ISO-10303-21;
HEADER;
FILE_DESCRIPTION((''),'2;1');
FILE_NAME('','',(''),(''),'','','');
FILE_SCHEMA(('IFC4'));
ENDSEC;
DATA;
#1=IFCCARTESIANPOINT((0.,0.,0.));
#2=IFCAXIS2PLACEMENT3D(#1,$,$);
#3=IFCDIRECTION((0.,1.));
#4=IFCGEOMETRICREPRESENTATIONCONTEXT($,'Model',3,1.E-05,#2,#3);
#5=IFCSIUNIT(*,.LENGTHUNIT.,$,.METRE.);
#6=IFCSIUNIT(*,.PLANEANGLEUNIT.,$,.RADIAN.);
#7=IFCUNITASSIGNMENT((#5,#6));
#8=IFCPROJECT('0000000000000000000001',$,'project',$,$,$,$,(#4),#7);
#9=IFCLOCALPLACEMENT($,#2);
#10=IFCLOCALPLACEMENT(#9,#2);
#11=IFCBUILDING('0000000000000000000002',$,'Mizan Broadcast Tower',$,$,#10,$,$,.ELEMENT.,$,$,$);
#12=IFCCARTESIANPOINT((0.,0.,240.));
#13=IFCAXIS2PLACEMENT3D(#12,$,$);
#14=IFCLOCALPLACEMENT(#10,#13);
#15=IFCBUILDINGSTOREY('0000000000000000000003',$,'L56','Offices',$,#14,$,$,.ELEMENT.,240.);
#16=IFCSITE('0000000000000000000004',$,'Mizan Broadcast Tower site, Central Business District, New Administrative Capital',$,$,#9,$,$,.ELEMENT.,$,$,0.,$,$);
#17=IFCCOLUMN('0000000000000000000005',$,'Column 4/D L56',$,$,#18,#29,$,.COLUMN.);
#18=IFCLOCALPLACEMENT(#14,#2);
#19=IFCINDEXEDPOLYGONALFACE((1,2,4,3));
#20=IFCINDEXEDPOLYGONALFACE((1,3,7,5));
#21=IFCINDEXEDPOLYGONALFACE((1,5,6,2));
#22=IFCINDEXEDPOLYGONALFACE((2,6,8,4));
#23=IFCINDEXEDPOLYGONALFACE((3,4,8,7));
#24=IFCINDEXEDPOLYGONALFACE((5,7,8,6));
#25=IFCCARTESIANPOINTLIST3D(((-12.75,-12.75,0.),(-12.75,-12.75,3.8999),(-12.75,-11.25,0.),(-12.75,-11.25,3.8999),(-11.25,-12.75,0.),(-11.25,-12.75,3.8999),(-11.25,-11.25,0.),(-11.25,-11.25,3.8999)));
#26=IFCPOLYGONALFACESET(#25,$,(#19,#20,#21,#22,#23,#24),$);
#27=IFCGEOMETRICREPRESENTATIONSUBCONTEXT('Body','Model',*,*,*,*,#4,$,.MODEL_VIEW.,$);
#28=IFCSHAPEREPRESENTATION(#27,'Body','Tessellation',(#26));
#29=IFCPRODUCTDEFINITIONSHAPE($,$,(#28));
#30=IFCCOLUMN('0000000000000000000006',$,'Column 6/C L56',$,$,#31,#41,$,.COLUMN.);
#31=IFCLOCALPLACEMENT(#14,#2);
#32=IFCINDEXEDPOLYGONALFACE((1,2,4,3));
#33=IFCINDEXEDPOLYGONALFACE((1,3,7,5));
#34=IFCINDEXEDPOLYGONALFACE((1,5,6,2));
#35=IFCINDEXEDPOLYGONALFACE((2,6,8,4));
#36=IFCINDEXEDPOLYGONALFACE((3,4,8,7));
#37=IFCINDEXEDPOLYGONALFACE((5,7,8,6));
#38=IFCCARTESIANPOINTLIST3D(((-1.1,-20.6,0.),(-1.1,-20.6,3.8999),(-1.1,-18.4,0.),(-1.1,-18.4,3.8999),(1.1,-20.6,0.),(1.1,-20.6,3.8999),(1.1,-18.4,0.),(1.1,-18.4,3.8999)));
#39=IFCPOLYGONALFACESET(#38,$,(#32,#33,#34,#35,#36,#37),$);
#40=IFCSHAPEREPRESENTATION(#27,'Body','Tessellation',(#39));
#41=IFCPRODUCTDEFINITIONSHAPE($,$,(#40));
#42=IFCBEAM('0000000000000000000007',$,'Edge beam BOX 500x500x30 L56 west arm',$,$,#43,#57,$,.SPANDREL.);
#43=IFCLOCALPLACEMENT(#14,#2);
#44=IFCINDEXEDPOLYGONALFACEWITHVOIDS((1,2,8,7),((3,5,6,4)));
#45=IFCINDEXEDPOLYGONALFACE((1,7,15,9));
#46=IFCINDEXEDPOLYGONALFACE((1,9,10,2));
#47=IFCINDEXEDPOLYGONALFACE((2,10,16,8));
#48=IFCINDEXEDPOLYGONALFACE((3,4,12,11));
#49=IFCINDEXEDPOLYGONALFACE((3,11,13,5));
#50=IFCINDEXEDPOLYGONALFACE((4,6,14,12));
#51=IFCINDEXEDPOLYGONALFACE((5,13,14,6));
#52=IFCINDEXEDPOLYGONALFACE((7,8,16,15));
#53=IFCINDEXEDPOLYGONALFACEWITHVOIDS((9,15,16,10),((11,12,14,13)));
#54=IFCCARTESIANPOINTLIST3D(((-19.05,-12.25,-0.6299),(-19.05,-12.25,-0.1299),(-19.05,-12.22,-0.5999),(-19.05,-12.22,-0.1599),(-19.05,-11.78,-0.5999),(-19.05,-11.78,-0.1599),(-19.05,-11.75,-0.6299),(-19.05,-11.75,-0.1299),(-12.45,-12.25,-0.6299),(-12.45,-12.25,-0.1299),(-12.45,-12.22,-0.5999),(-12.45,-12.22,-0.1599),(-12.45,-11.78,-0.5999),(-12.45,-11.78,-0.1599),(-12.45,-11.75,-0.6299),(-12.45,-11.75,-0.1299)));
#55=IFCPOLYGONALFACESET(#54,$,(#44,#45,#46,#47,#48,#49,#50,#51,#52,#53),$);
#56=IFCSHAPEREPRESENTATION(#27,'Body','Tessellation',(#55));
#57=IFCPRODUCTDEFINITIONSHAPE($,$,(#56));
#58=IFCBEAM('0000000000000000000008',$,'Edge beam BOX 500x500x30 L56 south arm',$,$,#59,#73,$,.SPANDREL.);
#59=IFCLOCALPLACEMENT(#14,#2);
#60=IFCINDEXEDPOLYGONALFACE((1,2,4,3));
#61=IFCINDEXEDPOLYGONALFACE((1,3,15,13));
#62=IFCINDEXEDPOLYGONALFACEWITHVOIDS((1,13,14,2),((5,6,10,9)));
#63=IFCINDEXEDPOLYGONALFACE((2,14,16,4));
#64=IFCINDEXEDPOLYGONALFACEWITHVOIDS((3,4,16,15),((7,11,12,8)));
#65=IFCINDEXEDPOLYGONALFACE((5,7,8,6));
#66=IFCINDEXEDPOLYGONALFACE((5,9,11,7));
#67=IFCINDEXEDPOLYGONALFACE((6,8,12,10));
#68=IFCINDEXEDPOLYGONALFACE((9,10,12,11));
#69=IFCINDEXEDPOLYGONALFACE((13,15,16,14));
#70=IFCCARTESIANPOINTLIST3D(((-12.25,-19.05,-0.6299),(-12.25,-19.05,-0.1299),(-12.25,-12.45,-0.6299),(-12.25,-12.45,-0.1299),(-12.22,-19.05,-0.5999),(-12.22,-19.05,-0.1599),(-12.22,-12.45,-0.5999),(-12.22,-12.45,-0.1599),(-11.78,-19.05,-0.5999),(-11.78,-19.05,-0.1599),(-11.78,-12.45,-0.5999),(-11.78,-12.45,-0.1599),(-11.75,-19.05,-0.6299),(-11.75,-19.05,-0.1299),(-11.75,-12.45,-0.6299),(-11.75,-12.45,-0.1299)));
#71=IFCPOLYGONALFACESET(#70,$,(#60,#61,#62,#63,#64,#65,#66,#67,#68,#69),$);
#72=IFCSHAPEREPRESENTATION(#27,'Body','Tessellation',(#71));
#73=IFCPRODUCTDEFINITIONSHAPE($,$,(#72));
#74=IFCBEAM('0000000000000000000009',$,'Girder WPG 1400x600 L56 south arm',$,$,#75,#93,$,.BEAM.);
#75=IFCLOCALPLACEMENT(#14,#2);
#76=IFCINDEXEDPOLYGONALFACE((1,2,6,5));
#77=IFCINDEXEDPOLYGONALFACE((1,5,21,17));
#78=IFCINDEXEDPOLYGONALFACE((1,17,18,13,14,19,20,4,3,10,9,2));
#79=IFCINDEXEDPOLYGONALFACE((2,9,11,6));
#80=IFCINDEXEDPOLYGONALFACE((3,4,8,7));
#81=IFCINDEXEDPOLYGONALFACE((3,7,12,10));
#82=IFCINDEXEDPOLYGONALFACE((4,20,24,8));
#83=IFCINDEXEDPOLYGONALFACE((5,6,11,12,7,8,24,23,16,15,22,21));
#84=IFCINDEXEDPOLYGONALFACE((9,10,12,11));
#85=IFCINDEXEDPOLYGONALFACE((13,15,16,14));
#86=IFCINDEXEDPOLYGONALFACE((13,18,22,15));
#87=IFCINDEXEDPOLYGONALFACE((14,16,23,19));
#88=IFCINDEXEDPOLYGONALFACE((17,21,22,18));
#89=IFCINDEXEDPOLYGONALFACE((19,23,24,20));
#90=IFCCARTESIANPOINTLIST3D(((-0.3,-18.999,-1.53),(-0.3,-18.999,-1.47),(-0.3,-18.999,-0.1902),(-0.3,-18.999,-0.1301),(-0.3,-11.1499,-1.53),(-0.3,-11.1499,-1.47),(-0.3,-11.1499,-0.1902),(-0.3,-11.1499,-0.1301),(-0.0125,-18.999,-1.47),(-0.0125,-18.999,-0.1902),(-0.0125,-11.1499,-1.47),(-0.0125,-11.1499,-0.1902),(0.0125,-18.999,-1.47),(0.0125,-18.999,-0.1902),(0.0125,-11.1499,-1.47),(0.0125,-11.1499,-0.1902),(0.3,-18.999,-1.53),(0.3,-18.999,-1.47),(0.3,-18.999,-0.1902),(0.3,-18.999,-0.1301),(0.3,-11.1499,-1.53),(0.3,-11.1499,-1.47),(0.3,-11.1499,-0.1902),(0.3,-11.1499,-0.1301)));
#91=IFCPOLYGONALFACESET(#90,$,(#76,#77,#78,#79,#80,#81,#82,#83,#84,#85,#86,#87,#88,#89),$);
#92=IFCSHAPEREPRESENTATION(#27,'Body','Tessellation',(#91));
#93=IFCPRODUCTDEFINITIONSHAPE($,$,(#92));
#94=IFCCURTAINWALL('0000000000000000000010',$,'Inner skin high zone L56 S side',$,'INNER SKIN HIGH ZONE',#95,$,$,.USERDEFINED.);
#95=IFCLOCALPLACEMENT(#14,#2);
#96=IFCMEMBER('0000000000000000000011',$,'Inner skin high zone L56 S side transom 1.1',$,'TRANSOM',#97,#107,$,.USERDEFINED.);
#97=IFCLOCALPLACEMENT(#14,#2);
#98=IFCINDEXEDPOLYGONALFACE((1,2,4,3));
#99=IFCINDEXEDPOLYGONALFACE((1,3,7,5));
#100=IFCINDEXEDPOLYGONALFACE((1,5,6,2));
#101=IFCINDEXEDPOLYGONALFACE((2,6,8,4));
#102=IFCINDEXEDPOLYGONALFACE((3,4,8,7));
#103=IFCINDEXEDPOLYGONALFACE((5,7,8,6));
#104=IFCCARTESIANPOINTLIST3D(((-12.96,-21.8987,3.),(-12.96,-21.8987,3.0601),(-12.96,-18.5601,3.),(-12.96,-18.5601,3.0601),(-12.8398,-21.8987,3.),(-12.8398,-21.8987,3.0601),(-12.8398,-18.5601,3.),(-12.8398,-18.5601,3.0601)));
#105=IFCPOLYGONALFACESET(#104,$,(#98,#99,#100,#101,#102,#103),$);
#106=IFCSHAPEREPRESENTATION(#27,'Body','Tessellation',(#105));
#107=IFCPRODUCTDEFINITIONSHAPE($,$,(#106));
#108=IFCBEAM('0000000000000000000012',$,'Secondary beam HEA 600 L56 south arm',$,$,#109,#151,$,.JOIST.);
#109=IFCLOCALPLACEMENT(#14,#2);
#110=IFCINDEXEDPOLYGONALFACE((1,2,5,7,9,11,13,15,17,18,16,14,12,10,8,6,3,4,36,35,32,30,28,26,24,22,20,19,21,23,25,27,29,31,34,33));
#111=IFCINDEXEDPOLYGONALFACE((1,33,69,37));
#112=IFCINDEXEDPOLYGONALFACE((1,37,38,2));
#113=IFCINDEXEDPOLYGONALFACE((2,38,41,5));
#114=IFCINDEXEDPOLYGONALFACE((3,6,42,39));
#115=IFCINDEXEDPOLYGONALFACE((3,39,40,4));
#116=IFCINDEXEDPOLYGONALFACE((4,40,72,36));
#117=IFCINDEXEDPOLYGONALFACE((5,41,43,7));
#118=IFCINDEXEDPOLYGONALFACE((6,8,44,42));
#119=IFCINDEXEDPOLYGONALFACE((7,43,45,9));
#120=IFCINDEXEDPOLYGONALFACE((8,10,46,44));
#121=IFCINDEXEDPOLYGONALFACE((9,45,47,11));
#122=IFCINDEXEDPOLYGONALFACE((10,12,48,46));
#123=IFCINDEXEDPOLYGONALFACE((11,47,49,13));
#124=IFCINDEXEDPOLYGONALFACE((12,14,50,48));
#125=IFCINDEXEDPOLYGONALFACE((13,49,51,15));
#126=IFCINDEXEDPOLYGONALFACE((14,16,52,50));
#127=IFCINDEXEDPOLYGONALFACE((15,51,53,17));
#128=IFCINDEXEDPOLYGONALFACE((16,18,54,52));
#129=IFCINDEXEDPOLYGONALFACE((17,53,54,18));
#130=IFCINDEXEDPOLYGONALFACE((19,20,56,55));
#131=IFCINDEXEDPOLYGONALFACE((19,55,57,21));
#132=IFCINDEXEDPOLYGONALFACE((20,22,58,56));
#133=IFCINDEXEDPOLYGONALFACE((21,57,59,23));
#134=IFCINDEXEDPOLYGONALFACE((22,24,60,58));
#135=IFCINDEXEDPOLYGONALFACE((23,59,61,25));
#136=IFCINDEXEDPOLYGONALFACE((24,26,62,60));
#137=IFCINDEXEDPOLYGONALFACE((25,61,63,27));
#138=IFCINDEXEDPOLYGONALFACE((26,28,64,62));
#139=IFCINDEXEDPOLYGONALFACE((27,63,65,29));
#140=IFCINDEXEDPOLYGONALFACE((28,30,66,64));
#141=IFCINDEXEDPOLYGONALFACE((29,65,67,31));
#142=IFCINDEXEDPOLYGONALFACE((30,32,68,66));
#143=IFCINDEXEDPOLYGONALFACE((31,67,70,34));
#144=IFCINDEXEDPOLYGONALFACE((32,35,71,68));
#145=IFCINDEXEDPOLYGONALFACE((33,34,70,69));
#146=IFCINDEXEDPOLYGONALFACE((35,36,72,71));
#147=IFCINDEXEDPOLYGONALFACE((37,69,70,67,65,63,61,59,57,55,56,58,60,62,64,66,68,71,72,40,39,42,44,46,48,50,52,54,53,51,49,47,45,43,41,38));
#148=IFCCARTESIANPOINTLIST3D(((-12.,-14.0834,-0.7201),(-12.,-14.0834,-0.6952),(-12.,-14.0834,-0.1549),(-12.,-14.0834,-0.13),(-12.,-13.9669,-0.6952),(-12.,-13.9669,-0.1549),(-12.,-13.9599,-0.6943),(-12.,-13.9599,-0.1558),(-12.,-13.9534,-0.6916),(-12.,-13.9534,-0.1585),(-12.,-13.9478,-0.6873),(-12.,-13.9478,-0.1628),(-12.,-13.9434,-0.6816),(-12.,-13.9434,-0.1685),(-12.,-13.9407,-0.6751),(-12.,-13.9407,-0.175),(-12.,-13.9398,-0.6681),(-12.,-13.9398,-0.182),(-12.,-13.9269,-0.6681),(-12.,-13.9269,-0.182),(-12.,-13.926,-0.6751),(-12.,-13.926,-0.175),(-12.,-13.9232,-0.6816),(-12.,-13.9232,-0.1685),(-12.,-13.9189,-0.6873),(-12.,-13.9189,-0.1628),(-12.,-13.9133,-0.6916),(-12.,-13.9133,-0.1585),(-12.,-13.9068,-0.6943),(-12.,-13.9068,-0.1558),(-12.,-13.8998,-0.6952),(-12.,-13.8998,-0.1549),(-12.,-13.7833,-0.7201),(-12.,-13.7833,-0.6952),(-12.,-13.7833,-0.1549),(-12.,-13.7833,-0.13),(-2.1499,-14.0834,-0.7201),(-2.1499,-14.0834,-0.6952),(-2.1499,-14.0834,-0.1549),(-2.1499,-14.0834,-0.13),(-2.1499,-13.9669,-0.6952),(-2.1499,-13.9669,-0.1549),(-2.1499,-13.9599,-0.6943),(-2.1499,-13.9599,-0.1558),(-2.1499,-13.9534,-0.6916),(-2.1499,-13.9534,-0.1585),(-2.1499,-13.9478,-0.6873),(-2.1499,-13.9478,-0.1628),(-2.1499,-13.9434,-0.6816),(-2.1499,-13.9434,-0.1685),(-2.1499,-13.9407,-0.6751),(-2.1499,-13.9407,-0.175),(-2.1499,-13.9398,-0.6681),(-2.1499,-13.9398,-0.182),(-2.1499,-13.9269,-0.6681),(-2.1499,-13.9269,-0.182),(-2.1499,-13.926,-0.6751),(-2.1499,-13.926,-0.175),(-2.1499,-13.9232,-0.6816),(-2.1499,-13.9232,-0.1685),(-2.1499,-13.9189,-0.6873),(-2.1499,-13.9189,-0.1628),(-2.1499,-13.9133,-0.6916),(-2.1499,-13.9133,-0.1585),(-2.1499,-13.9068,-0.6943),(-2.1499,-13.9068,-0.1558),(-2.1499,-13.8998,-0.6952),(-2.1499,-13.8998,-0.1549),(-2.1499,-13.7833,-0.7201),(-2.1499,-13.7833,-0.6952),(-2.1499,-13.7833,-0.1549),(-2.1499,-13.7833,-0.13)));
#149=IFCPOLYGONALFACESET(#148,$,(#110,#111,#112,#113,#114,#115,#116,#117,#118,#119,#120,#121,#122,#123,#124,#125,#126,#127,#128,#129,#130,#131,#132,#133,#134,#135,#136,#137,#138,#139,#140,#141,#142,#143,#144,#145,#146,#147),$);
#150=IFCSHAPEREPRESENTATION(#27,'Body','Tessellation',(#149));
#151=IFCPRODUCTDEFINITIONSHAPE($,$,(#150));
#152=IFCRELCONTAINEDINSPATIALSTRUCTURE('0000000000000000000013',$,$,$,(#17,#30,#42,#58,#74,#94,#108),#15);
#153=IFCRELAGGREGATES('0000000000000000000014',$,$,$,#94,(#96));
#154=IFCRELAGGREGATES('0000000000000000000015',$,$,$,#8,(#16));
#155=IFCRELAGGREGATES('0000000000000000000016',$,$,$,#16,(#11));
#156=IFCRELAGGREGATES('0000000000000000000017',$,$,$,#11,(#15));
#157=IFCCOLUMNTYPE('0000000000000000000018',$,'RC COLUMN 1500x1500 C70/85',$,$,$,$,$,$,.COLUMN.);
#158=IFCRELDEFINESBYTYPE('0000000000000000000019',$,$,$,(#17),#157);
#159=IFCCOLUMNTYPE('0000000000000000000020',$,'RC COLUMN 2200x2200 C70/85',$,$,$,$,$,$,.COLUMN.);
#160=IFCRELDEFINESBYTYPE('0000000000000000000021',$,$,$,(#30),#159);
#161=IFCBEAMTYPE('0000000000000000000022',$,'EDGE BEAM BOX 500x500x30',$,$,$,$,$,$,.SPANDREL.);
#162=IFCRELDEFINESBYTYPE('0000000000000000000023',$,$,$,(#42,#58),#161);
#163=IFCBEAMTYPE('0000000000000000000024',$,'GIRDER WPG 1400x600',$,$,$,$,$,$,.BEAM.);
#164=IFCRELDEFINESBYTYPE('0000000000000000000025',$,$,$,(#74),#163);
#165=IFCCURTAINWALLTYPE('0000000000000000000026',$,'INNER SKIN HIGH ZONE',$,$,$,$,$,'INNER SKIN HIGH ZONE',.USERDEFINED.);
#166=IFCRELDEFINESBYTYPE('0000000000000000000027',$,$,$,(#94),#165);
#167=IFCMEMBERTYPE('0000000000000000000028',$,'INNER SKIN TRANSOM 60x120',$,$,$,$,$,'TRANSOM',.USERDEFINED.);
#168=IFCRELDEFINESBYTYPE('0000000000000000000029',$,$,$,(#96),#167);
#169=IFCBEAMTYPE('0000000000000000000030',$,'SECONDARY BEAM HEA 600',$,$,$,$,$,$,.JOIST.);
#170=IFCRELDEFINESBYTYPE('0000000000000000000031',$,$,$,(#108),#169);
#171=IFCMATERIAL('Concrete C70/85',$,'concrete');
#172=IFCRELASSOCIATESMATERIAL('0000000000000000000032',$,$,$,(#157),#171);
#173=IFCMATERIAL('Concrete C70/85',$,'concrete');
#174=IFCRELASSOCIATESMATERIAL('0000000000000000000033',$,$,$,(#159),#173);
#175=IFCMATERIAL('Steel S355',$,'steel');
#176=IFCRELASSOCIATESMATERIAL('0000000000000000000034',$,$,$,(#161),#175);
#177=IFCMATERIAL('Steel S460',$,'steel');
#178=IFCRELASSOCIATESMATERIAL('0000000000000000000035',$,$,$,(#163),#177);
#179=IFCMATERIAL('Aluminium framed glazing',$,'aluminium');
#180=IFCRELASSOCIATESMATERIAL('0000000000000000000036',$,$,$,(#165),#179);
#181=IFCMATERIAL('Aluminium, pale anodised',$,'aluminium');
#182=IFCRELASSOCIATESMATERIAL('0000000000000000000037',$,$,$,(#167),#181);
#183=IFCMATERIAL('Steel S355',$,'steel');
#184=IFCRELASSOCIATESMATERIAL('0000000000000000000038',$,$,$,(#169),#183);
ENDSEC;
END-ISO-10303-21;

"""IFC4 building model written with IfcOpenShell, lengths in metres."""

from ifc_helpers import new_model, si_unit, direction, frame, origin, origin_2d, place, context, subcontext, project, spatial, rectangle, hollow_rectangle, i_section, extrude, material, material_profile, profile_set, type_object, element, aggregate, save


model = new_model("IFC4")

# Units and contexts
model_context = context("Model", 3, precision=1e-05, world=origin(), true_north=direction((0.0, 1.0)))
body_context = subcontext(model_context, "Body", "Model", "MODEL_VIEW")
ifc_project = project(units=[si_unit("LENGTHUNIT", "METRE"), si_unit("PLANEANGLEUNIT", "RADIAN")], contexts=[model_context])

# Site, building, storey
site_placement = place(None, origin())
site = spatial("IfcSite", under=ifc_project, at=site_placement, Name="Mizan Broadcast Tower site, Central Business District, New Administrative Capital", CompositionType="ELEMENT", RefElevation=0.0)
building_placement = place(site_placement, origin())
building = spatial("IfcBuilding", under=site, at=building_placement, Name="Mizan Broadcast Tower", CompositionType="ELEMENT")
storey_placement = place(building_placement, frame((0.0, 0.0, 240.0)))
storey = spatial("IfcBuildingStorey", under=building, at=storey_placement, Name="L56", Description="Offices", CompositionType="ELEMENT", Elevation=240.0)

# Columns
ifc_material_1 = material(Name="Concrete C70/85", Category="concrete")
ifc_material_profile_1 = material_profile(ifc_material_1, rectangle(XDim=1.5, YDim=1.5, at=origin_2d()), Name="RC 1500x1500")
ifc_profile_set_1 = profile_set([ifc_material_profile_1], Name="Concrete C70/85")
column_type_1 = type_object("IfcColumnType", Name="RC COLUMN 1500x1500 C70/85", PredefinedType="COLUMN", material=ifc_profile_set_1)
column_1_placement = place(storey_placement, frame((-12.0, -12.0, 0.0), z_axis=(0.0, 0.0, 1.0), x_axis=(1.0, 0.0, 0.0)))
element("IfcColumn", 1, at=column_1_placement, inside=storey, type_object=column_type_1, Name="Column 4/D L56", PredefinedType="COLUMN", context=body_context, shape_type="SweptSolid", body=[
    extrude(rectangle(XDim=1.5, YDim=1.5, at=origin_2d()), origin(), (0.0, 0.0, 1.0), 3.8999),
])
ifc_material_2 = material(Name="Concrete C70/85", Category="concrete")
ifc_material_profile_2 = material_profile(ifc_material_2, rectangle(XDim=2.2, YDim=2.2, at=origin_2d()), Name="RC 2200x2200")
ifc_profile_set_2 = profile_set([ifc_material_profile_2], Name="Concrete C70/85")
column_type_2 = type_object("IfcColumnType", Name="RC COLUMN 2200x2200 C70/85", PredefinedType="COLUMN", material=ifc_profile_set_2)
column_2_placement = place(storey_placement, frame((0.0, -19.5, 0.0), z_axis=(0.0, 0.0, 1.0), x_axis=(1.0, 0.0, 0.0)))
element("IfcColumn", 2, at=column_2_placement, inside=storey, type_object=column_type_2, Name="Column 6/C L56", PredefinedType="COLUMN", context=body_context, shape_type="SweptSolid", body=[
    extrude(rectangle(XDim=2.2, YDim=2.2, at=origin_2d()), origin(), (0.0, 0.0, 1.0), 3.8999),
])

# Beams
ifc_material_3 = material(Name="Steel S355", Category="steel")
ifc_material_profile_3 = material_profile(ifc_material_3, hollow_rectangle(XDim=0.5, YDim=0.5, WallThickness=0.03, at=origin_2d()), Name="BOX 500x500x30")
ifc_profile_set_3 = profile_set([ifc_material_profile_3], Name="Steel S355")
beam_type_1 = type_object("IfcBeamType", Name="EDGE BEAM BOX 500x500x30", PredefinedType="SPANDREL", material=ifc_profile_set_3)
for number, where, z_axis, x_axis, name in (
    (3, (-12.45, -12.0, -0.3799), (-1.0, 0.0, 0.0), (0.0, -1.0, 0.0), "Edge beam BOX 500x500x30 L56 west arm"),
    (4, (-12.0, -12.45, -0.3799), (0.0, -1.0, 0.0), (1.0, 0.0, 0.0), "Edge beam BOX 500x500x30 L56 south arm"),
):
    element("IfcBeam", number, at=place(storey_placement, frame(where, z_axis=z_axis, x_axis=x_axis)), inside=storey, type_object=beam_type_1, Name=name, PredefinedType="SPANDREL", context=body_context, shape_type="SweptSolid", body=[
        extrude(hollow_rectangle(XDim=0.5, YDim=0.5, WallThickness=0.03, at=origin_2d()), origin(), (0.0, 0.0, 1.0), 6.6001),
    ])
ifc_material_4 = material(Name="Steel S460", Category="steel")
ifc_material_profile_4 = material_profile(ifc_material_4, i_section(OverallWidth=0.6001, OverallDepth=1.3999, WebThickness=0.0249, FlangeThickness=0.0601, at=origin_2d()), Name="WPG 1400x600")
ifc_profile_set_4 = profile_set([ifc_material_profile_4], Name="Steel S460")
beam_type_2 = type_object("IfcBeamType", Name="GIRDER WPG 1400x600", PredefinedType="BEAM", material=ifc_profile_set_4)
beam_1_placement = place(storey_placement, frame((0.0, -11.1499, -0.8301), z_axis=(0.0, -1.0, 0.0), x_axis=(1.0, 0.0, 0.0)))
element("IfcBeam", 5, at=beam_1_placement, inside=storey, type_object=beam_type_2, Name="Girder WPG 1400x600 L56 south arm", PredefinedType="BEAM", context=body_context, shape_type="SweptSolid", body=[
    extrude(i_section(OverallWidth=0.6001, OverallDepth=1.3999, WebThickness=0.0249, FlangeThickness=0.0601, at=origin_2d()), origin(), (0.0, 0.0, 1.0), 7.8491),
])

# Curtain wall, member
ifc_material_5 = material(Name="Aluminium framed glazing", Category="aluminium")
curtain_wall_type = type_object("IfcCurtainWallType", Name="INNER SKIN HIGH ZONE", ElementType="INNER SKIN HIGH ZONE", PredefinedType="USERDEFINED", material=ifc_material_5)
curtain_wall_placement = place(storey_placement, origin())
curtain_wall = element("IfcCurtainWall", 6, at=curtain_wall_placement, inside=storey, type_object=curtain_wall_type, Name="Inner skin high zone L56 S side", ObjectType="INNER SKIN HIGH ZONE", PredefinedType="USERDEFINED")
ifc_material_6 = material(Name="Aluminium, pale anodised", Category="aluminium")
ifc_material_profile_5 = material_profile(ifc_material_6, rectangle(XDim=0.1201, YDim=0.0601, at=origin_2d()), Name="TRANSOM 120x60")
ifc_profile_set_5 = profile_set([ifc_material_profile_5], Name="Aluminium, pale anodised")
member_type = type_object("IfcMemberType", Name="INNER SKIN TRANSOM 60x120", ElementType="TRANSOM", PredefinedType="USERDEFINED", material=ifc_profile_set_5)
member_placement = place(storey_placement, frame((-12.8999, -18.5601, 3.03), z_axis=(0.0, -1.0, 0.0), x_axis=(1.0, 0.0, 0.0)))
member = element("IfcMember", 7, at=member_placement, type_object=member_type, Name="Inner skin high zone L56 S side transom 1.1", ObjectType="TRANSOM", PredefinedType="USERDEFINED", context=body_context, shape_type="SweptSolid", body=[
    extrude(rectangle(XDim=0.1201, YDim=0.0601, at=origin_2d()), origin(), (0.0, 0.0, 1.0), 3.3386),
])
aggregate(curtain_wall, [member])

# Beam
ifc_material_7 = material(Name="Steel S355", Category="steel")
ifc_material_profile_6 = material_profile(ifc_material_7, i_section(OverallWidth=0.3, OverallDepth=0.5901, WebThickness=0.0129, FlangeThickness=0.0249, FilletRadius=0.0271, at=origin_2d()), Name="HEA 600")
ifc_profile_set_6 = profile_set([ifc_material_profile_6], Name="Steel S355")
beam_type_3 = type_object("IfcBeamType", Name="SECONDARY BEAM HEA 600", PredefinedType="JOIST", material=ifc_profile_set_6)
for number, where, z_axis, x_axis, name in (
    (8, (-12.0, -13.9333, -0.425), (1.0, 0.0, 0.0), (0.0, 1.0, 0.0), "Secondary beam HEA 600 L56 south arm"),
):
    element("IfcBeam", number, at=place(storey_placement, frame(where, z_axis=z_axis, x_axis=x_axis)), inside=storey, type_object=beam_type_3, Name=name, PredefinedType="JOIST", context=body_context, shape_type="SweptSolid", body=[
        extrude(i_section(OverallWidth=0.3, OverallDepth=0.5901, WebThickness=0.0129, FlangeThickness=0.0249, FilletRadius=0.0271, at=origin_2d()), origin(), (0.0, 0.0, 1.0), 9.8501),
    ])

save(model, "model.ifc")
